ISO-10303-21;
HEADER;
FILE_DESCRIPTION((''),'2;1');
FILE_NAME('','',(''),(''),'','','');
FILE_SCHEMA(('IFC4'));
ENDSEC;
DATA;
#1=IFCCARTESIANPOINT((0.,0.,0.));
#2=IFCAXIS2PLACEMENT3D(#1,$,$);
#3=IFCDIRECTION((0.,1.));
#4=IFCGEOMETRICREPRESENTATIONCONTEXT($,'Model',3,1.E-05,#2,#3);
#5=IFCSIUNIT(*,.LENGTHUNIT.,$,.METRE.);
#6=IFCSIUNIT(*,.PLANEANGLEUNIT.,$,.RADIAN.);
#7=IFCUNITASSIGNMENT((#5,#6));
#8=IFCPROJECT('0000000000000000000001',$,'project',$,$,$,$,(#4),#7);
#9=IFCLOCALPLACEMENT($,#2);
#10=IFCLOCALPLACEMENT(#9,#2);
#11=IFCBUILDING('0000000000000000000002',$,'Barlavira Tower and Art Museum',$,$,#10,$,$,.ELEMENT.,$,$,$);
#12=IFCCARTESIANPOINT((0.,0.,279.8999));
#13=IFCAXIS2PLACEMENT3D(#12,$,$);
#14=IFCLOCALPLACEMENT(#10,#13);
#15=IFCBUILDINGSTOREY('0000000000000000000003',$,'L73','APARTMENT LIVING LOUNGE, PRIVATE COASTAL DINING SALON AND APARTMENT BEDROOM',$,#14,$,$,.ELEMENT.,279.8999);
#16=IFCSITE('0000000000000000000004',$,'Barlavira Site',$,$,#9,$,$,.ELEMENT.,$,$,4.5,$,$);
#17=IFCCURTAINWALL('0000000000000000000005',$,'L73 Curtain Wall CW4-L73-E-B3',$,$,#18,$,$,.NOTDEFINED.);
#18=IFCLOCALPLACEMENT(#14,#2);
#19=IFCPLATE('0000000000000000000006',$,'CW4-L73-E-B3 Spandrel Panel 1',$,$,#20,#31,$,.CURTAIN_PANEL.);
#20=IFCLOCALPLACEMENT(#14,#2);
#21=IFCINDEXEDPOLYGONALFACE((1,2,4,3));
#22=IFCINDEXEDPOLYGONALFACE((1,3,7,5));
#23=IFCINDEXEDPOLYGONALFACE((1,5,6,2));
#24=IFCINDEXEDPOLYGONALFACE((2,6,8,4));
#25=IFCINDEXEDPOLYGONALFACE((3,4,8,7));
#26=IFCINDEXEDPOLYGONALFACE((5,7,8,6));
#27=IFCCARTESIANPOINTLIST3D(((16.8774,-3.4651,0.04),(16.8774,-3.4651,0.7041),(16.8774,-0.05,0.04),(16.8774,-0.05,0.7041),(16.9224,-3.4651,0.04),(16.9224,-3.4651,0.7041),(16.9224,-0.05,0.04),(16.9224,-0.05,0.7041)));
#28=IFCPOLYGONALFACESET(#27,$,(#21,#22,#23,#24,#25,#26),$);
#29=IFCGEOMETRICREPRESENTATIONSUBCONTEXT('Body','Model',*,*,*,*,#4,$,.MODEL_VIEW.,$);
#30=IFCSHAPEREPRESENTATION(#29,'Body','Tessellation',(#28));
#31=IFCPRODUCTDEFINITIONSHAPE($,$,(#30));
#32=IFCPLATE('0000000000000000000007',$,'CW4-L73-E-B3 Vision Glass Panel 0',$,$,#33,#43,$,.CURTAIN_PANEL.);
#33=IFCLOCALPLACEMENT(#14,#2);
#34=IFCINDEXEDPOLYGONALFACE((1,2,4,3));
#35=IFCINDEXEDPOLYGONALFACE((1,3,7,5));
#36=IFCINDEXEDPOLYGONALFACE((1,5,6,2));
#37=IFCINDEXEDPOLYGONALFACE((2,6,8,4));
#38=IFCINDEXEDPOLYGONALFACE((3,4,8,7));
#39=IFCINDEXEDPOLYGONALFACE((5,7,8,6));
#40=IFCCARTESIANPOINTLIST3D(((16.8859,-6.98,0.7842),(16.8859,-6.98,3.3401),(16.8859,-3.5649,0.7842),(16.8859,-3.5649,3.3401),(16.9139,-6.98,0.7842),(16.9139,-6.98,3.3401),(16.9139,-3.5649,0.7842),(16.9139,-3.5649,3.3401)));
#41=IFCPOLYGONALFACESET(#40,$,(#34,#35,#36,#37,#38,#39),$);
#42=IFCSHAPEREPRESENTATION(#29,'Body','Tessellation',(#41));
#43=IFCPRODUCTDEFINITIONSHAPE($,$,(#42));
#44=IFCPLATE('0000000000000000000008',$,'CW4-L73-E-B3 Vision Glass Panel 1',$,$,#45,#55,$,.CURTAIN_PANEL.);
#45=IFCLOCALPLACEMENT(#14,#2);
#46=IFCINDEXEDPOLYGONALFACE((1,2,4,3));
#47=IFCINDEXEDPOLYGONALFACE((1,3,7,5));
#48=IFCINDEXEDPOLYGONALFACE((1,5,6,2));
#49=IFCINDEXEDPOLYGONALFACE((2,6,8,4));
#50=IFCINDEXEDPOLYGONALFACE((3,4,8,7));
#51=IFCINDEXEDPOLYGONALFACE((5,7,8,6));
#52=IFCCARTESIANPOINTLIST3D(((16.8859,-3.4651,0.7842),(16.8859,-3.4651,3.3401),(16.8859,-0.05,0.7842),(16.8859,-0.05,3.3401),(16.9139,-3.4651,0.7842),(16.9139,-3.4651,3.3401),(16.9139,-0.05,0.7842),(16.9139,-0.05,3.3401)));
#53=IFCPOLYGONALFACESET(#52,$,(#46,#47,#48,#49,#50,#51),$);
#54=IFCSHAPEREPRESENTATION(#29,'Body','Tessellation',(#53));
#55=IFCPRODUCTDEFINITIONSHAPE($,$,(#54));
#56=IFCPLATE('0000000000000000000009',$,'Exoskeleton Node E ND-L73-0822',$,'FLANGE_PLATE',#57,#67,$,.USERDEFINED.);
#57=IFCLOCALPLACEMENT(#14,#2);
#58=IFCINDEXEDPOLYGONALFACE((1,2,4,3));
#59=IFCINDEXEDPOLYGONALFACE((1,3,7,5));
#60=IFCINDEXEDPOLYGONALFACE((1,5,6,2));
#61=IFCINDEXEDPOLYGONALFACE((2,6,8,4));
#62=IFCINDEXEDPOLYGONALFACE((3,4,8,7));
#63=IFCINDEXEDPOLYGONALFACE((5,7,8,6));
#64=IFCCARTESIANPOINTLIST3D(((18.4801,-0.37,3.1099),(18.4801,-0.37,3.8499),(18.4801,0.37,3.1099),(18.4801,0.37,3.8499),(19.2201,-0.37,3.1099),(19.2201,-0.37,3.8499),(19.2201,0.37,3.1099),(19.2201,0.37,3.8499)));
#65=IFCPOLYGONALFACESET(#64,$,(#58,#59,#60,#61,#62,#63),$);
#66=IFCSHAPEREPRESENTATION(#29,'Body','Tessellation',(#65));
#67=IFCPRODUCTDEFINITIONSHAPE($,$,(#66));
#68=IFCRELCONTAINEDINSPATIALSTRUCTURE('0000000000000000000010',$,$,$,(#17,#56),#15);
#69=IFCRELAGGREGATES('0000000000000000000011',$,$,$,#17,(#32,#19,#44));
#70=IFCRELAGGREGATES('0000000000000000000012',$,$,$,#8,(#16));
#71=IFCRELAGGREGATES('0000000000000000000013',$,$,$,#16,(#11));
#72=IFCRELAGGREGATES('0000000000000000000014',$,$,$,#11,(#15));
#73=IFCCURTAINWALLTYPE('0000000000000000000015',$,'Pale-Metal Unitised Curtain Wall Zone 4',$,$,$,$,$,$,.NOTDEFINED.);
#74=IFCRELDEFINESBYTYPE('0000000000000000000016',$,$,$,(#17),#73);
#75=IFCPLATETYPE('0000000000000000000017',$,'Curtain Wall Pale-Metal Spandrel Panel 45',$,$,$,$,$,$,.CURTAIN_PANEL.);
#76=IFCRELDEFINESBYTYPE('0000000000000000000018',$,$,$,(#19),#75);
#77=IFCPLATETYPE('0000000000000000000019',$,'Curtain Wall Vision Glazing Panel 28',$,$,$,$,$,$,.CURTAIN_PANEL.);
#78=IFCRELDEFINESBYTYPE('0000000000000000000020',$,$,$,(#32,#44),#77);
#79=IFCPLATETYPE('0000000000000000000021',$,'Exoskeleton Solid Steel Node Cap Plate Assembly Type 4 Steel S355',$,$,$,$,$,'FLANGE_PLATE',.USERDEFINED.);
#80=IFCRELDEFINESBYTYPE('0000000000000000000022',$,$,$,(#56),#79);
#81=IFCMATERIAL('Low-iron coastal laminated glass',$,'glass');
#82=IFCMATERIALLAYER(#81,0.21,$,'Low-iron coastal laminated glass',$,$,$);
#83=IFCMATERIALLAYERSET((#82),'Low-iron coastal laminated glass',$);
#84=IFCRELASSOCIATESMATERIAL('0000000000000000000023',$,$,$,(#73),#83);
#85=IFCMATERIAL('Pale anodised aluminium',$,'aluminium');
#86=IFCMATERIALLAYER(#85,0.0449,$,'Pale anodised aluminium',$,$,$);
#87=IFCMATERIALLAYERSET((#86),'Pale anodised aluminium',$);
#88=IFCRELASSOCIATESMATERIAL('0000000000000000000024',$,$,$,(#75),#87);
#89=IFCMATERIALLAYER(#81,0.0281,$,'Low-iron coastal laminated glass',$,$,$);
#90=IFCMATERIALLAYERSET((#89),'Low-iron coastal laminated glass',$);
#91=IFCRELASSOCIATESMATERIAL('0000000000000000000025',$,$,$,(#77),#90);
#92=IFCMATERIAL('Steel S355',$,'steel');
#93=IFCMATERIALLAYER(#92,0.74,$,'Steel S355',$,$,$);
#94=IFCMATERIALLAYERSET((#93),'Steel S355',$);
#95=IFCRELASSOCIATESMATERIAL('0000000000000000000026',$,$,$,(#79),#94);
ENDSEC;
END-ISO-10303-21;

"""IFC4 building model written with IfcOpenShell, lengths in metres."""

from ifc_helpers import new_model, si_unit, direction, frame, origin, origin_2d, place, context, subcontext, project, spatial, rectangle, extrude, material, layer, layer_set, type_object, element, aggregate, save


model = new_model("IFC4")

# Units and contexts
model_context = context("Model", 3, precision=1e-05, world=origin(), true_north=direction((0.0, 1.0)))
body_context = subcontext(model_context, "Body", "Model", "MODEL_VIEW")
ifc_project = project(units=[si_unit("LENGTHUNIT", "METRE"), si_unit("PLANEANGLEUNIT", "RADIAN")], contexts=[model_context])

# Site, building, storey
site_placement = place(None, origin())
site = spatial("IfcSite", under=ifc_project, at=site_placement, Name="Barlavira Site", CompositionType="ELEMENT", RefElevation=4.5)
building_placement = place(site_placement, origin())
building = spatial("IfcBuilding", under=site, at=building_placement, Name="Barlavira Tower and Art Museum", CompositionType="ELEMENT")
storey_placement = place(building_placement, frame((0.0, 0.0, 279.8999)))
storey = spatial("IfcBuildingStorey", under=building, at=storey_placement, Name="L73", Description="APARTMENT LIVING LOUNGE, PRIVATE COASTAL DINING SALON AND APARTMENT BEDROOM", CompositionType="ELEMENT", Elevation=279.8999)

# Curtain wall
ifc_material_1 = material(Name="Low-iron coastal laminated glass", Category="glass")
ifc_layer_1 = layer(ifc_material_1, 0.21, Name="Low-iron coastal laminated glass")
ifc_layer_set_1 = layer_set([ifc_layer_1], Name="Low-iron coastal laminated glass")
curtain_wall_type = type_object("IfcCurtainWallType", Name="Pale-Metal Unitised Curtain Wall Zone 4", PredefinedType="NOTDEFINED", material=ifc_layer_set_1)
curtain_wall_placement = place(storey_placement, origin())
curtain_wall = element("IfcCurtainWall", 1, at=curtain_wall_placement, inside=storey, type_object=curtain_wall_type, Name="L73 Curtain Wall CW4-L73-E-B3", PredefinedType="NOTDEFINED")
ifc_material_2 = material(Name="Pale anodised aluminium", Category="aluminium")

# Shared definitions
ifc_material_3 = material(Name="Steel S355", Category="steel")

# Plates
ifc_layer_2 = layer(ifc_material_2, 0.0449, Name="Pale anodised aluminium")
ifc_layer_set_2 = layer_set([ifc_layer_2], Name="Pale anodised aluminium")
plate_type_1 = type_object("IfcPlateType", Name="Curtain Wall Pale-Metal Spandrel Panel 45", PredefinedType="CURTAIN_PANEL", material=ifc_layer_set_2)
plate_1_placement = place(storey_placement, frame((16.8999, -1.7576, 0.04), z_axis=(0.0, 0.0, 1.0), x_axis=(0.0, 1.0, 0.0)))
plate_1 = element("IfcPlate", 2, at=plate_1_placement, type_object=plate_type_1, Name="CW4-L73-E-B3 Spandrel Panel 1", PredefinedType="CURTAIN_PANEL", context=body_context, shape_type="SweptSolid", body=[
    extrude(rectangle(XDim=3.415, YDim=0.0449, at=origin_2d()), origin(), (0.0, 0.0, 1.0), 0.6641),
])
ifc_layer_3 = layer(ifc_material_1, 0.0281, Name="Low-iron coastal laminated glass")
ifc_layer_set_3 = layer_set([ifc_layer_3], Name="Low-iron coastal laminated glass")
plate_type_2 = type_object("IfcPlateType", Name="Curtain Wall Vision Glazing Panel 28", PredefinedType="CURTAIN_PANEL", material=ifc_layer_set_3)
plate_2_placement = place(storey_placement, frame((16.8999, -5.2725, 0.7842), z_axis=(0.0, 0.0, 1.0), x_axis=(0.0, 1.0, 0.0)))
plate_2 = element("IfcPlate", 3, at=plate_2_placement, type_object=plate_type_2, Name="CW4-L73-E-B3 Vision Glass Panel 0", PredefinedType="CURTAIN_PANEL", context=body_context, shape_type="SweptSolid", body=[
    extrude(rectangle(XDim=3.415, YDim=0.0281, at=origin_2d()), origin(), (0.0, 0.0, 1.0), 2.5559),
])
plate_3_placement = place(storey_placement, frame((16.8999, -1.7576, 0.7842), z_axis=(0.0, 0.0, 1.0), x_axis=(0.0, 1.0, 0.0)))
plate_3 = element("IfcPlate", 4, at=plate_3_placement, type_object=plate_type_2, Name="CW4-L73-E-B3 Vision Glass Panel 1", PredefinedType="CURTAIN_PANEL", context=body_context, shape_type="SweptSolid", body=[
    extrude(rectangle(XDim=3.415, YDim=0.0281, at=origin_2d()), origin(), (0.0, 0.0, 1.0), 2.5559),
])
aggregate(curtain_wall, [plate_2, plate_1, plate_3])
ifc_layer_4 = layer(ifc_material_3, 0.74, Name="Steel S355")
ifc_layer_set_4 = layer_set([ifc_layer_4], Name="Steel S355")
plate_type_3 = type_object("IfcPlateType", Name="Exoskeleton Solid Steel Node Cap Plate Assembly Type 4 Steel S355", ElementType="FLANGE_PLATE", PredefinedType="USERDEFINED", material=ifc_layer_set_4)
plate_4_placement = place(storey_placement, frame((18.8501, 0.0, 3.1099), z_axis=(0.0, 0.0, 1.0), x_axis=(1.0, 0.0, 0.0)))
element("IfcPlate", 5, at=plate_4_placement, inside=storey, type_object=plate_type_3, Name="Exoskeleton Node E ND-L73-0822", ObjectType="FLANGE_PLATE", PredefinedType="USERDEFINED", context=body_context, shape_type="SweptSolid", body=[
    extrude(rectangle(XDim=0.74, YDim=0.74, at=origin_2d()), origin(), (0.0, 0.0, 1.0), 0.74),
])

save(model, "model.ifc")
